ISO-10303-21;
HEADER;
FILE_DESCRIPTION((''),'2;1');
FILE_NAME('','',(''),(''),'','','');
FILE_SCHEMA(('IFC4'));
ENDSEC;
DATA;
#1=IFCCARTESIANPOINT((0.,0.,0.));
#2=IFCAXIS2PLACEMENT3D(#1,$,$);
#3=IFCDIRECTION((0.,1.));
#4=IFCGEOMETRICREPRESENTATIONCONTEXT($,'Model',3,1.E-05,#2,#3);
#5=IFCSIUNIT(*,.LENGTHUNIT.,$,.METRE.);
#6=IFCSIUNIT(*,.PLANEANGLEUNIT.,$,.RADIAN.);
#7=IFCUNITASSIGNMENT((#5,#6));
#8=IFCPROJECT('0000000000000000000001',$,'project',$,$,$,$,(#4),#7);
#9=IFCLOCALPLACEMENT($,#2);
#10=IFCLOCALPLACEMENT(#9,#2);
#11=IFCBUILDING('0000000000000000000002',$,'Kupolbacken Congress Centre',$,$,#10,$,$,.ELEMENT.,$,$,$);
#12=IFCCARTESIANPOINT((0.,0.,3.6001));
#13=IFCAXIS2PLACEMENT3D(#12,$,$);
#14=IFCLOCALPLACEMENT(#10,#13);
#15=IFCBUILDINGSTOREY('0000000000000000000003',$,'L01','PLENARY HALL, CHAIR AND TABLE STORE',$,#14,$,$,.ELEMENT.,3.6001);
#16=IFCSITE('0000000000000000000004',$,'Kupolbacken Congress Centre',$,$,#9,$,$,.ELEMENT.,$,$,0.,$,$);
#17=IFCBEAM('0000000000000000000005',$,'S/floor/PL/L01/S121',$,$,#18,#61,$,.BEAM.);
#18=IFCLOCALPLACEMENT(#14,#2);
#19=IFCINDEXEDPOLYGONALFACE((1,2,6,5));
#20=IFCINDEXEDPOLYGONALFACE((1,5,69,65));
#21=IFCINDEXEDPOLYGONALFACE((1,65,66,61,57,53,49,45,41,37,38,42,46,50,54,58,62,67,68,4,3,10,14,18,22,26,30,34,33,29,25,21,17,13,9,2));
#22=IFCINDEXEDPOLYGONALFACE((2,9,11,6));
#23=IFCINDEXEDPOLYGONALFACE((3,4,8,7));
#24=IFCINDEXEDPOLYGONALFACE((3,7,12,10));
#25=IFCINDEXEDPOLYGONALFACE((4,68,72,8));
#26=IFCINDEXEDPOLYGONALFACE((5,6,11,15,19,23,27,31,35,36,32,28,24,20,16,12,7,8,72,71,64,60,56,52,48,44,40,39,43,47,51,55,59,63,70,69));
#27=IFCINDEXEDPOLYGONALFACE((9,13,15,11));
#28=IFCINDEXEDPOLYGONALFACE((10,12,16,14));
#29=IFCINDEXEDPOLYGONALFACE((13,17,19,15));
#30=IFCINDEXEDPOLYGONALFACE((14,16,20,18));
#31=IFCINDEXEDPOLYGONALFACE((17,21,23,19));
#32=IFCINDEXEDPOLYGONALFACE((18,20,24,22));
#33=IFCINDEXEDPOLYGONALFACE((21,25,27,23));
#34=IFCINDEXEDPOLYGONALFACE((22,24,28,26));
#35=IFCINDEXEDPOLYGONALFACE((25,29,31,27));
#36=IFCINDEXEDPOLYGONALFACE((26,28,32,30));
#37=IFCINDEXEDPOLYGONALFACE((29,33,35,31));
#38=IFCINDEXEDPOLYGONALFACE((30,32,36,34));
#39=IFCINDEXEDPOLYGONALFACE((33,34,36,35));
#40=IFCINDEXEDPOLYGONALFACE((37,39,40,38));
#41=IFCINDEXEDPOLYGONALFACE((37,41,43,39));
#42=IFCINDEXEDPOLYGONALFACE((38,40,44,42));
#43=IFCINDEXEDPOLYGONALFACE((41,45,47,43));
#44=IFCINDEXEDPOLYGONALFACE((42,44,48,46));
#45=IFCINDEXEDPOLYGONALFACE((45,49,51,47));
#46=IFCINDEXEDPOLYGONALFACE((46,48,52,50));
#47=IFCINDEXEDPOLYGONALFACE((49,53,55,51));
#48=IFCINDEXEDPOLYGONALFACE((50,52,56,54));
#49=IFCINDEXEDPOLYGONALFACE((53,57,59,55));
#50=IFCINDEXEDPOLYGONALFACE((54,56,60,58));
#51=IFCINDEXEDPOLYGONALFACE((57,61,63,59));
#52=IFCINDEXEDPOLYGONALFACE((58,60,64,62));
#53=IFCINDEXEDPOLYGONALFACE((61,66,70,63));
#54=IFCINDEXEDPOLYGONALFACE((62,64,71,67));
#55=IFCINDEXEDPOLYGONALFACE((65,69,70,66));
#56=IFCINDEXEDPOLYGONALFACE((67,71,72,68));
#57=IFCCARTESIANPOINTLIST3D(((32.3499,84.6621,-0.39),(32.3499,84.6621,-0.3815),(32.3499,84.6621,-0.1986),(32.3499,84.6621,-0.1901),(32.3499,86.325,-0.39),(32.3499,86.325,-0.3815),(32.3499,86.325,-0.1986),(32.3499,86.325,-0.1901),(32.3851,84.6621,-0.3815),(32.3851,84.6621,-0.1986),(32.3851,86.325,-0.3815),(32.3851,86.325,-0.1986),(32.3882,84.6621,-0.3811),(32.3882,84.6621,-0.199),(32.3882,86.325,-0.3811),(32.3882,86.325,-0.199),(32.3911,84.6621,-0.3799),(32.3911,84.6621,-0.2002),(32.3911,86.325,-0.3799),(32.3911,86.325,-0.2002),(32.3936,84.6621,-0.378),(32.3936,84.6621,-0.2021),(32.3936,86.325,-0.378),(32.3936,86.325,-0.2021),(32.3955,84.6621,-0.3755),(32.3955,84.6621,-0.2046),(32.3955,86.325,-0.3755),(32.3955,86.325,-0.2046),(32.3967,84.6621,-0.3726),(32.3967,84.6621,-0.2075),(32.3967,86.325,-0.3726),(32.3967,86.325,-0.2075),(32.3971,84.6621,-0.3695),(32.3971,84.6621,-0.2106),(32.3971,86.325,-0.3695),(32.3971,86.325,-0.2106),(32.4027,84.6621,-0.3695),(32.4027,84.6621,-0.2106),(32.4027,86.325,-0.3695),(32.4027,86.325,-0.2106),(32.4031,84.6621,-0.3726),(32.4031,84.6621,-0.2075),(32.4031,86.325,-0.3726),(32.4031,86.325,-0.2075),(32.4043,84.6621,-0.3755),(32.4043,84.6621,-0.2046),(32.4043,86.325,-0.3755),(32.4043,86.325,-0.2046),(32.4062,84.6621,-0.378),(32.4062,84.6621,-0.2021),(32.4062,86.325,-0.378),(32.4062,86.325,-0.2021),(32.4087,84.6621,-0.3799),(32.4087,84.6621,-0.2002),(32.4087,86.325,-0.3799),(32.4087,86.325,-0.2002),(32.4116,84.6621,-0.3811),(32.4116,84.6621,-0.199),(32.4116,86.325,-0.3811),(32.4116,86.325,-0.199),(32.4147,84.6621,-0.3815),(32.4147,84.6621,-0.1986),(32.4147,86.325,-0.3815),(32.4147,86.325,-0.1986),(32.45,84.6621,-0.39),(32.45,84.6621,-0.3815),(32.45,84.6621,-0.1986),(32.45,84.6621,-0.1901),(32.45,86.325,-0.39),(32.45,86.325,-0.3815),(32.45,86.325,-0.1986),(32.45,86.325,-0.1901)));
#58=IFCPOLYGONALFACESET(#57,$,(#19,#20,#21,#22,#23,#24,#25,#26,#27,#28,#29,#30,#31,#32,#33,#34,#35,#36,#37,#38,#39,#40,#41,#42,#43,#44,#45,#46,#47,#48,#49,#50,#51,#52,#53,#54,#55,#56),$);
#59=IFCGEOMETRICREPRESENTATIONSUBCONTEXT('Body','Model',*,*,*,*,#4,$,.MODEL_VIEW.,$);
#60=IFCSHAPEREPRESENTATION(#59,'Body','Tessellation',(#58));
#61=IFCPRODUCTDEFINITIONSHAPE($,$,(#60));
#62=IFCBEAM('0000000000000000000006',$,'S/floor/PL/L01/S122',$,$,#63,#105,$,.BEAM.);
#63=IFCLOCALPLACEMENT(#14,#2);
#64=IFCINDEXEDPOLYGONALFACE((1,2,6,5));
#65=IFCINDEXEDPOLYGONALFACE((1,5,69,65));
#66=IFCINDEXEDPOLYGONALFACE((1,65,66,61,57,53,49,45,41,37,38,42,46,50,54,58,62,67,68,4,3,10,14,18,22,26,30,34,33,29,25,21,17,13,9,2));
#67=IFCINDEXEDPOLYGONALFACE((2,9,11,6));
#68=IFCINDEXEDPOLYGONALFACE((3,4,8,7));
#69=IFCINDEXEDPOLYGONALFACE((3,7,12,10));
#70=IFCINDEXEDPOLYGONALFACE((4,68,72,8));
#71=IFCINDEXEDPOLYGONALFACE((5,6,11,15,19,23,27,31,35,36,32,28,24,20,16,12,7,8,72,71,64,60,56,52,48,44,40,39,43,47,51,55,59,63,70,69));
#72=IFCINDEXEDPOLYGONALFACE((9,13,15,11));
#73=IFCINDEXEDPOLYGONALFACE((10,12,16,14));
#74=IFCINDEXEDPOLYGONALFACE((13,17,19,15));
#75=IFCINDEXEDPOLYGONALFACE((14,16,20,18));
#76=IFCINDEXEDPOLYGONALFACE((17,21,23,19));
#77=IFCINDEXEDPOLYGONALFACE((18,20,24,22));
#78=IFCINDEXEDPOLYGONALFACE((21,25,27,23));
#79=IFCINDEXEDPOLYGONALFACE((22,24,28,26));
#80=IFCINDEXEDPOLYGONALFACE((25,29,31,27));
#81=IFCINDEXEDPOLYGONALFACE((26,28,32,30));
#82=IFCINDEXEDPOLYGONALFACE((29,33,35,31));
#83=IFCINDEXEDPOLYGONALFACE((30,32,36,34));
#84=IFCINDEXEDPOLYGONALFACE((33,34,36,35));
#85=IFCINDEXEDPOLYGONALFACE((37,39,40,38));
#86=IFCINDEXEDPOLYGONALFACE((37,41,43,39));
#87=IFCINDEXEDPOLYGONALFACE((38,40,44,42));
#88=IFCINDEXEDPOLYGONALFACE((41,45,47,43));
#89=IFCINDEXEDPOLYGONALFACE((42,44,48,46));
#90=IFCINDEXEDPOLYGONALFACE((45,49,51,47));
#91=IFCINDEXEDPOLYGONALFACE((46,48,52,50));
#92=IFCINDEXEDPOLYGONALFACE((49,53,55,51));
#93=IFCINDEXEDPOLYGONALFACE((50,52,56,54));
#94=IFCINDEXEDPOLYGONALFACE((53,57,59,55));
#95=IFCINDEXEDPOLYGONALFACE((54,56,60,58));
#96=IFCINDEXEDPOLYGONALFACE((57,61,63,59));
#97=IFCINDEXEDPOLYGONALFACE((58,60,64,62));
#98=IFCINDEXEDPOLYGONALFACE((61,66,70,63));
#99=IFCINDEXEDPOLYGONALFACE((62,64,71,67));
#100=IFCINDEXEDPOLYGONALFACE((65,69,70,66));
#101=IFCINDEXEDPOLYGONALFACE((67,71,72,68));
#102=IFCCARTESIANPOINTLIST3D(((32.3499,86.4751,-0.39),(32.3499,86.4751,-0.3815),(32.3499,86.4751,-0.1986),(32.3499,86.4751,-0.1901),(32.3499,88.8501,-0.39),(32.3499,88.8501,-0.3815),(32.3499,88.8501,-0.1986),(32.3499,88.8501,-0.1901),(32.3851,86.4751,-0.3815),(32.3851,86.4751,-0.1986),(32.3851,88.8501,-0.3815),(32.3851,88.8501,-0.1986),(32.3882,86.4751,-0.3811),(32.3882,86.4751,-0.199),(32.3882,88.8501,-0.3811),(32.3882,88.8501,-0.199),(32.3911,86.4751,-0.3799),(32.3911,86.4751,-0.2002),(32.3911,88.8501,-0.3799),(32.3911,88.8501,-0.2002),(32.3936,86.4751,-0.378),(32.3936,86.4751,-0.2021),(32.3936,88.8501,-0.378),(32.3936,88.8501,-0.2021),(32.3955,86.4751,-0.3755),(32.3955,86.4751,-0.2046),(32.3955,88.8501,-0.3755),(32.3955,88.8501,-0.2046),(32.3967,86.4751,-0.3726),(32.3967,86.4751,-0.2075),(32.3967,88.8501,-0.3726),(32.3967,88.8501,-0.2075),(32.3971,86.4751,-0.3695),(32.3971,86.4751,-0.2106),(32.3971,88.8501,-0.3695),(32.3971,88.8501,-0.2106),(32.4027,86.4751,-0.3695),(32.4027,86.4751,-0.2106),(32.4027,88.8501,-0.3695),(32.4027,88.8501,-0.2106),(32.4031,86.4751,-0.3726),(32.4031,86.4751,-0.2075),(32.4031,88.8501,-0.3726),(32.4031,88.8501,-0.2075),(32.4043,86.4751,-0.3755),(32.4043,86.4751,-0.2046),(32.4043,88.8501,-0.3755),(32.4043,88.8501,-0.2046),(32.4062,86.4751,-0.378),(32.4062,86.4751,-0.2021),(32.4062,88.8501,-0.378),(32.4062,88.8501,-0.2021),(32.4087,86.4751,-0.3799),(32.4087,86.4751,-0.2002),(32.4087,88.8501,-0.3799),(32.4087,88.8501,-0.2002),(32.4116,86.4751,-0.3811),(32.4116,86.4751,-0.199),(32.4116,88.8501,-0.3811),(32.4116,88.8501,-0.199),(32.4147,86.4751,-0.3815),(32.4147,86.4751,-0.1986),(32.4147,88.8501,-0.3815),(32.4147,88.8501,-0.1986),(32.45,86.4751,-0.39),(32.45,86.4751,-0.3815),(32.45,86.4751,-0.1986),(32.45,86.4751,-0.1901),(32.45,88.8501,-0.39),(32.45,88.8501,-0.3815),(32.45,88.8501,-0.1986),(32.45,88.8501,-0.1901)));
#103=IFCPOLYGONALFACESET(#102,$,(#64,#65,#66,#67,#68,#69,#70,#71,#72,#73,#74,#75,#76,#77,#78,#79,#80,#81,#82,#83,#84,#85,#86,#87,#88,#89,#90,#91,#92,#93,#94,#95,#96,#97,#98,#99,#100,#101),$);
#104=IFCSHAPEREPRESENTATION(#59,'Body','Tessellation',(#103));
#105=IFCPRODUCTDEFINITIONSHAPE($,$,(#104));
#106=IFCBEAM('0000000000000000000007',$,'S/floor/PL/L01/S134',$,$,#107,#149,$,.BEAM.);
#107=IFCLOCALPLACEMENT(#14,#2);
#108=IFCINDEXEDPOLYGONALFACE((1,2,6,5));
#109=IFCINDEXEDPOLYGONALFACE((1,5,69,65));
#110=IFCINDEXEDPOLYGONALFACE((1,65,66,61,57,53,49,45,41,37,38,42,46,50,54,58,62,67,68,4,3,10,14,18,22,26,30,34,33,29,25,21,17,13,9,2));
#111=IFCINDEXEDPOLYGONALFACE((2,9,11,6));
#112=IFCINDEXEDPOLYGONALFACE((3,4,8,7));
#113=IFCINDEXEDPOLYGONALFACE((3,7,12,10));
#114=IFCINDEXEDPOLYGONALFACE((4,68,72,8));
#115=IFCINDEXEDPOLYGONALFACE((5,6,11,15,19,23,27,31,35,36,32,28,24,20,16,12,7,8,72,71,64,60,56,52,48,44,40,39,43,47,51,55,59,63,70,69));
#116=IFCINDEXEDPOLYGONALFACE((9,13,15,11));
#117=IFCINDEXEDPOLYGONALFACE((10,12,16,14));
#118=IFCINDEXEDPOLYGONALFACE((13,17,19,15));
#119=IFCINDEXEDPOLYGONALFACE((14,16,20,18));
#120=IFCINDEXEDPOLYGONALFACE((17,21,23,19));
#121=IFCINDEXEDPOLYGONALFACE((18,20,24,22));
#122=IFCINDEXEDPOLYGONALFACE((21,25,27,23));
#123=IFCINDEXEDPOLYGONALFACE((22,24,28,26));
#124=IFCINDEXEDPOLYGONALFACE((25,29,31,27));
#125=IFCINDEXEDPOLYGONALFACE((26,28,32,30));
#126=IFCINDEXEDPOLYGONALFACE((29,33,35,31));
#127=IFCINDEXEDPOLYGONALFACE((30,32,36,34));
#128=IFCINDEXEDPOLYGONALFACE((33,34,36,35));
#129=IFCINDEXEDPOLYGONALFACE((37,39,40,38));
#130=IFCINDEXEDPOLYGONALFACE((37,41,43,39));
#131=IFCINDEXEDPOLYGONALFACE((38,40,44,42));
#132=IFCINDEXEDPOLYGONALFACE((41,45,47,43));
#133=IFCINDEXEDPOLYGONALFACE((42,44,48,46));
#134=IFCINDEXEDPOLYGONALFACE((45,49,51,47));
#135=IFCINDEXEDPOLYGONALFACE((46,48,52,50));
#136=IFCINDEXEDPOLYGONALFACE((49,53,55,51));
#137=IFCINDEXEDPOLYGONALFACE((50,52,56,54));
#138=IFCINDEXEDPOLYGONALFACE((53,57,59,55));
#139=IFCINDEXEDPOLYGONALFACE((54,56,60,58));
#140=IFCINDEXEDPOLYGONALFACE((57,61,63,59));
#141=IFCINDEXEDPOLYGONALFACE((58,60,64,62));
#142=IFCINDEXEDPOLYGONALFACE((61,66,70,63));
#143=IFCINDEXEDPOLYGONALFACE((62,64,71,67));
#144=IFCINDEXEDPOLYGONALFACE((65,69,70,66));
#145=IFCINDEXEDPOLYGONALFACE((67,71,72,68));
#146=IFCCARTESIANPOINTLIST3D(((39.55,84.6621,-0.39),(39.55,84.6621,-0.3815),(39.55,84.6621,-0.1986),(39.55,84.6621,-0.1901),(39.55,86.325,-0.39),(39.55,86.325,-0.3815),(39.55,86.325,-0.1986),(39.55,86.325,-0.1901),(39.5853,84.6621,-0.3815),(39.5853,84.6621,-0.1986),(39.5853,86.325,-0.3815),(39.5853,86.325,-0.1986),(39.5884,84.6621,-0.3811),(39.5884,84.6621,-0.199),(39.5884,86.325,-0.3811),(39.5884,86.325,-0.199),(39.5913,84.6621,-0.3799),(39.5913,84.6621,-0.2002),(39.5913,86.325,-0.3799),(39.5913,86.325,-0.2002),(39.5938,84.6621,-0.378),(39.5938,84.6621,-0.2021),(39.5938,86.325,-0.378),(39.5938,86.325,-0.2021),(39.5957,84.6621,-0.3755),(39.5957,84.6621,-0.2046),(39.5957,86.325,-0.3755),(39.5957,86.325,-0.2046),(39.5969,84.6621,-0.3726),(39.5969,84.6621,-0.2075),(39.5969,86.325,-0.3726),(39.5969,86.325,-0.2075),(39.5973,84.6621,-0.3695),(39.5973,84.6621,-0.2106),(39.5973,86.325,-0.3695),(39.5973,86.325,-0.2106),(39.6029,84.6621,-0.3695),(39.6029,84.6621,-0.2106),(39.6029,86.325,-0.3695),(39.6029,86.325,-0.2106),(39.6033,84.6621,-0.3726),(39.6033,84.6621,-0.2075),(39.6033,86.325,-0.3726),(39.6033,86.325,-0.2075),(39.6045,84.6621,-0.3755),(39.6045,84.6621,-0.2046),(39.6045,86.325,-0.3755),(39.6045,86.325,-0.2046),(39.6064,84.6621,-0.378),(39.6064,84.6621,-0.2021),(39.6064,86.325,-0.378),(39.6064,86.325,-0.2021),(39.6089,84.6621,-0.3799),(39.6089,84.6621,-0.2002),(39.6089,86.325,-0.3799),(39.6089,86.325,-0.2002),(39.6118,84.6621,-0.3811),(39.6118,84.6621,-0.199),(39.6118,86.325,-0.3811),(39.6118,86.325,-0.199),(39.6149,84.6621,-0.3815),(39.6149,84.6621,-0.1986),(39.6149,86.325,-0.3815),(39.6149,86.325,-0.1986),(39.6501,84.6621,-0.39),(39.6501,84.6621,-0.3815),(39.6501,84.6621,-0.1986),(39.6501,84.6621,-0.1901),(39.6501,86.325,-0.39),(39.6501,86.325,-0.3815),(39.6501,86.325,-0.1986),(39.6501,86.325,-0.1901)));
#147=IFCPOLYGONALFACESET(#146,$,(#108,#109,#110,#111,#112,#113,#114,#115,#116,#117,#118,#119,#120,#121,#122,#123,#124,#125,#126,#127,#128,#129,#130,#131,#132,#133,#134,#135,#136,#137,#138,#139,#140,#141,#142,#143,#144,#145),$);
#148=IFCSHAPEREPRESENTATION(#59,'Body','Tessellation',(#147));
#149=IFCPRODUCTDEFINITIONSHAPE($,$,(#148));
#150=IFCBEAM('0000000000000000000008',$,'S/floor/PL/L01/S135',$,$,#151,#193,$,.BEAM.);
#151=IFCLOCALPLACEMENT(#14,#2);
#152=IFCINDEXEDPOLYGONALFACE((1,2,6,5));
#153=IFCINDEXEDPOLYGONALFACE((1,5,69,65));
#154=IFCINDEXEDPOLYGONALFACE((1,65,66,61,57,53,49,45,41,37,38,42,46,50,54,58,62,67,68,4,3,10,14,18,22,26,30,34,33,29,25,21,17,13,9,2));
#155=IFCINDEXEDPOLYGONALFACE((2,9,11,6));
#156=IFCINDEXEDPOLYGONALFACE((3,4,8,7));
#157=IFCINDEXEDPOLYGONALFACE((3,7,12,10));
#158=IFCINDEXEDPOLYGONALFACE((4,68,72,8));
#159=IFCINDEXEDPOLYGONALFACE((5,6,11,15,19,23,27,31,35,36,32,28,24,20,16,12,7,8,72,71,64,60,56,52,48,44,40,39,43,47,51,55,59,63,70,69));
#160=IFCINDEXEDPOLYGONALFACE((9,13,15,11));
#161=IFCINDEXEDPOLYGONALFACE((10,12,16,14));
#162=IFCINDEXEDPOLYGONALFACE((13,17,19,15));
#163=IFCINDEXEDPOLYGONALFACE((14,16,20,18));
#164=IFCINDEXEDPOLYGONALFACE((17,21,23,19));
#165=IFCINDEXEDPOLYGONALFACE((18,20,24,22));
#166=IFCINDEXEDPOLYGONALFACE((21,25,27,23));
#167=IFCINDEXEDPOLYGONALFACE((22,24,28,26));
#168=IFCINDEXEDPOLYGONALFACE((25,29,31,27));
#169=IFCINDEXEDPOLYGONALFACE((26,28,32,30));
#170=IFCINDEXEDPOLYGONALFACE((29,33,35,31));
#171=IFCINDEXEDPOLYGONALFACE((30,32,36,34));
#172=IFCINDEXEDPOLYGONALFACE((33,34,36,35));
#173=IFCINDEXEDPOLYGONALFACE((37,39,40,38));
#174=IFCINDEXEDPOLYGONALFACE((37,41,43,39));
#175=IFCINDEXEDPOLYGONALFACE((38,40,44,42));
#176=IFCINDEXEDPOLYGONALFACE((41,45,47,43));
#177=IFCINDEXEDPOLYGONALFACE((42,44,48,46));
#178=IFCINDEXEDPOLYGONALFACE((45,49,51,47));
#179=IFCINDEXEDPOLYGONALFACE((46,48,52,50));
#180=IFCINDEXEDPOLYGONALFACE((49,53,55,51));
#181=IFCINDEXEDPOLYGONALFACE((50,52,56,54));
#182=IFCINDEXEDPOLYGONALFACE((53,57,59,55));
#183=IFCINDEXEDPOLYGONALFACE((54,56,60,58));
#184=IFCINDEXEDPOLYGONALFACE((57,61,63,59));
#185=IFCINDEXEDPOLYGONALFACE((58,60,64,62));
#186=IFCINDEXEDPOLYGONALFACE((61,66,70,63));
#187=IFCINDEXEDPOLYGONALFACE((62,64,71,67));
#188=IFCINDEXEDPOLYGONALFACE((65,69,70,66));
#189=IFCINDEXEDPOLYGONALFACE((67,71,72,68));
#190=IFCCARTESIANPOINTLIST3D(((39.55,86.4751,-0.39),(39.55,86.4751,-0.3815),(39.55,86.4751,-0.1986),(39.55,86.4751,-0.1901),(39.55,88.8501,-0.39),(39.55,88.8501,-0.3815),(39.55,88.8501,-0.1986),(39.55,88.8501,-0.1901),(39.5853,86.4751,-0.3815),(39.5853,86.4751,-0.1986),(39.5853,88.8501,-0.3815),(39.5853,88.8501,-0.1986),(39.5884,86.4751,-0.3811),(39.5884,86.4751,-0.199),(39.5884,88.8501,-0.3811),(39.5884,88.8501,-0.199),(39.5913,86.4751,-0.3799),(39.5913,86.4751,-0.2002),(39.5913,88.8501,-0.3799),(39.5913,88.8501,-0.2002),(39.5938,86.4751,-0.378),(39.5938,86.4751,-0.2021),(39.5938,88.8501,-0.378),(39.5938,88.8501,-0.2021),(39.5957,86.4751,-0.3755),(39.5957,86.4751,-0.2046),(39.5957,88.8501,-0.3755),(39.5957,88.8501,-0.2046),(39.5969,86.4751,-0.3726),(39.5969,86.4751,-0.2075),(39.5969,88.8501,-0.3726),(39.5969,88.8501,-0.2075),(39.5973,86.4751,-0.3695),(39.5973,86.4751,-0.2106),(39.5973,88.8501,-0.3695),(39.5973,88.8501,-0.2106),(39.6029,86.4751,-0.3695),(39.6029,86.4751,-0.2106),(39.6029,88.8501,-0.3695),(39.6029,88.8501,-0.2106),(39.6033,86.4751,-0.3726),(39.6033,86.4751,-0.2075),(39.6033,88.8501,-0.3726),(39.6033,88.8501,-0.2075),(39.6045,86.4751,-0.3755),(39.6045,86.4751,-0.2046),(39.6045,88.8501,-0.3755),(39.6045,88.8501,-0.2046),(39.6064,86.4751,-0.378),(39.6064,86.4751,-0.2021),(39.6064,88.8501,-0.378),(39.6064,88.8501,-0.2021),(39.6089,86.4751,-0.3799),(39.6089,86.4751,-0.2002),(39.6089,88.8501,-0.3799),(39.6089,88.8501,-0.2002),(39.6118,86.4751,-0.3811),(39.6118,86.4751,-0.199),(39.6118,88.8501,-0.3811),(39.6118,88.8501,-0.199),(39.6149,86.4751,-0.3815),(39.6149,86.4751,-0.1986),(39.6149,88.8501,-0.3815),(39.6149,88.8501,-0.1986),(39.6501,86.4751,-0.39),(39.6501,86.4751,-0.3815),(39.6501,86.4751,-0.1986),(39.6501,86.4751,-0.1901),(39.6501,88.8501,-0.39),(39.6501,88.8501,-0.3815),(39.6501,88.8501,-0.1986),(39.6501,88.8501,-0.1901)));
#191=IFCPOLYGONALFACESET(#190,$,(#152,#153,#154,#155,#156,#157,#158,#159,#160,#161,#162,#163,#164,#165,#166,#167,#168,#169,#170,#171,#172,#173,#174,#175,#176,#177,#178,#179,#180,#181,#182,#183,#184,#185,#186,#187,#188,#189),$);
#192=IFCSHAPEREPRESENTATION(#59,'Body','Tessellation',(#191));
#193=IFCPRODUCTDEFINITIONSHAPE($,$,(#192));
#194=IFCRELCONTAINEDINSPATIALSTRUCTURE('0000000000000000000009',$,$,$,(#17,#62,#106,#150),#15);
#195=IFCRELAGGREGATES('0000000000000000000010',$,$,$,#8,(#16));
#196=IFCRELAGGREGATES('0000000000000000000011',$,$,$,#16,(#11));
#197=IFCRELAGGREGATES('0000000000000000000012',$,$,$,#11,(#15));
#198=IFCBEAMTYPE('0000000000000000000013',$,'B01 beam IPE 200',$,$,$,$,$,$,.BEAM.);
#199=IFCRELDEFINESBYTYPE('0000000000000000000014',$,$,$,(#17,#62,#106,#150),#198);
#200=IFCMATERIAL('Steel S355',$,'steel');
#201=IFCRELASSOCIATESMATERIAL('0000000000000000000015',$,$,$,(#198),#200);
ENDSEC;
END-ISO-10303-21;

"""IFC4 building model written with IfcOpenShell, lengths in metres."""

from ifc_helpers import new_model, si_unit, direction, frame, origin, origin_2d, place, context, subcontext, project, spatial, i_section, extrude, material, material_profile, profile_set, type_object, element, save


model = new_model("IFC4")

# Units and contexts
model_context = context("Model", 3, precision=1e-05, world=origin(), true_north=direction((0.0, 1.0)))
body_context = subcontext(model_context, "Body", "Model", "MODEL_VIEW")
ifc_project = project(units=[si_unit("LENGTHUNIT", "METRE"), si_unit("PLANEANGLEUNIT", "RADIAN")], contexts=[model_context])

# Site, building, storey
site_placement = place(None, origin())
site = spatial("IfcSite", under=ifc_project, at=site_placement, Name="Kupolbacken Congress Centre", CompositionType="ELEMENT", RefElevation=0.0)
building_placement = place(site_placement, origin())
building = spatial("IfcBuilding", under=site, at=building_placement, Name="Kupolbacken Congress Centre", CompositionType="ELEMENT")
storey_placement = place(building_placement, frame((0.0, 0.0, 3.6001)))
storey = spatial("IfcBuildingStorey", under=building, at=storey_placement, Name="L01", Description="PLENARY HALL, CHAIR AND TABLE STORE", CompositionType="ELEMENT", Elevation=3.6001)

# Beams
ifc_material_1 = material(Name="Steel S355", Category="steel")
ifc_material_profile_1 = material_profile(ifc_material_1, i_section(OverallWidth=0.1001, OverallDepth=0.2, WebThickness=0.0056, FlangeThickness=0.0085, FilletRadius=0.012, at=origin_2d()), Name="IPE 200")
ifc_profile_set_1 = profile_set([ifc_material_profile_1], Name="Steel S355")
beam_type_1 = type_object("IfcBeamType", Name="B01 beam IPE 200", PredefinedType="BEAM", material=ifc_profile_set_1)
beam_1_placement = place(storey_placement, frame((32.3999, 84.6621, -0.29), z_axis=(0.0, 1.0, 0.0), x_axis=(-1.0, 0.0, 0.0)))
element("IfcBeam", 1, at=beam_1_placement, inside=storey, type_object=beam_type_1, Name="S/floor/PL/L01/S121", PredefinedType="BEAM", context=body_context, shape_type="SweptSolid", body=[
    extrude(i_section(OverallWidth=0.1001, OverallDepth=0.2, WebThickness=0.0056, FlangeThickness=0.0085, FilletRadius=0.012, at=origin_2d()), origin(), (0.0, 0.0, 1.0), 1.6628),
])
beam_2_placement = place(storey_placement, frame((32.3999, 86.4751, -0.29), z_axis=(0.0, 1.0, 0.0), x_axis=(-1.0, 0.0, 0.0)))
element("IfcBeam", 2, at=beam_2_placement, inside=storey, type_object=beam_type_1, Name="S/floor/PL/L01/S122", PredefinedType="BEAM", context=body_context, shape_type="SweptSolid", body=[
    extrude(i_section(OverallWidth=0.1001, OverallDepth=0.2, WebThickness=0.0056, FlangeThickness=0.0085, FilletRadius=0.012, at=origin_2d()), origin(), (0.0, 0.0, 1.0), 2.375),
])
beam_3_placement = place(storey_placement, frame((39.6001, 84.6621, -0.29), z_axis=(0.0, 1.0, 0.0), x_axis=(-1.0, 0.0, 0.0)))
element("IfcBeam", 3, at=beam_3_placement, inside=storey, type_object=beam_type_1, Name="S/floor/PL/L01/S134", PredefinedType="BEAM", context=body_context, shape_type="SweptSolid", body=[
    extrude(i_section(OverallWidth=0.1001, OverallDepth=0.2, WebThickness=0.0056, FlangeThickness=0.0085, FilletRadius=0.012, at=origin_2d()), origin(), (0.0, 0.0, 1.0), 1.6628),
])
beam_4_placement = place(storey_placement, frame((39.6001, 86.4751, -0.29), z_axis=(0.0, 1.0, 0.0), x_axis=(-1.0, 0.0, 0.0)))
element("IfcBeam", 4, at=beam_4_placement, inside=storey, type_object=beam_type_1, Name="S/floor/PL/L01/S135", PredefinedType="BEAM", context=body_context, shape_type="SweptSolid", body=[
    extrude(i_section(OverallWidth=0.1001, OverallDepth=0.2, WebThickness=0.0056, FlangeThickness=0.0085, FilletRadius=0.012, at=origin_2d()), origin(), (0.0, 0.0, 1.0), 2.375),
])

save(model, "model.ifc")
